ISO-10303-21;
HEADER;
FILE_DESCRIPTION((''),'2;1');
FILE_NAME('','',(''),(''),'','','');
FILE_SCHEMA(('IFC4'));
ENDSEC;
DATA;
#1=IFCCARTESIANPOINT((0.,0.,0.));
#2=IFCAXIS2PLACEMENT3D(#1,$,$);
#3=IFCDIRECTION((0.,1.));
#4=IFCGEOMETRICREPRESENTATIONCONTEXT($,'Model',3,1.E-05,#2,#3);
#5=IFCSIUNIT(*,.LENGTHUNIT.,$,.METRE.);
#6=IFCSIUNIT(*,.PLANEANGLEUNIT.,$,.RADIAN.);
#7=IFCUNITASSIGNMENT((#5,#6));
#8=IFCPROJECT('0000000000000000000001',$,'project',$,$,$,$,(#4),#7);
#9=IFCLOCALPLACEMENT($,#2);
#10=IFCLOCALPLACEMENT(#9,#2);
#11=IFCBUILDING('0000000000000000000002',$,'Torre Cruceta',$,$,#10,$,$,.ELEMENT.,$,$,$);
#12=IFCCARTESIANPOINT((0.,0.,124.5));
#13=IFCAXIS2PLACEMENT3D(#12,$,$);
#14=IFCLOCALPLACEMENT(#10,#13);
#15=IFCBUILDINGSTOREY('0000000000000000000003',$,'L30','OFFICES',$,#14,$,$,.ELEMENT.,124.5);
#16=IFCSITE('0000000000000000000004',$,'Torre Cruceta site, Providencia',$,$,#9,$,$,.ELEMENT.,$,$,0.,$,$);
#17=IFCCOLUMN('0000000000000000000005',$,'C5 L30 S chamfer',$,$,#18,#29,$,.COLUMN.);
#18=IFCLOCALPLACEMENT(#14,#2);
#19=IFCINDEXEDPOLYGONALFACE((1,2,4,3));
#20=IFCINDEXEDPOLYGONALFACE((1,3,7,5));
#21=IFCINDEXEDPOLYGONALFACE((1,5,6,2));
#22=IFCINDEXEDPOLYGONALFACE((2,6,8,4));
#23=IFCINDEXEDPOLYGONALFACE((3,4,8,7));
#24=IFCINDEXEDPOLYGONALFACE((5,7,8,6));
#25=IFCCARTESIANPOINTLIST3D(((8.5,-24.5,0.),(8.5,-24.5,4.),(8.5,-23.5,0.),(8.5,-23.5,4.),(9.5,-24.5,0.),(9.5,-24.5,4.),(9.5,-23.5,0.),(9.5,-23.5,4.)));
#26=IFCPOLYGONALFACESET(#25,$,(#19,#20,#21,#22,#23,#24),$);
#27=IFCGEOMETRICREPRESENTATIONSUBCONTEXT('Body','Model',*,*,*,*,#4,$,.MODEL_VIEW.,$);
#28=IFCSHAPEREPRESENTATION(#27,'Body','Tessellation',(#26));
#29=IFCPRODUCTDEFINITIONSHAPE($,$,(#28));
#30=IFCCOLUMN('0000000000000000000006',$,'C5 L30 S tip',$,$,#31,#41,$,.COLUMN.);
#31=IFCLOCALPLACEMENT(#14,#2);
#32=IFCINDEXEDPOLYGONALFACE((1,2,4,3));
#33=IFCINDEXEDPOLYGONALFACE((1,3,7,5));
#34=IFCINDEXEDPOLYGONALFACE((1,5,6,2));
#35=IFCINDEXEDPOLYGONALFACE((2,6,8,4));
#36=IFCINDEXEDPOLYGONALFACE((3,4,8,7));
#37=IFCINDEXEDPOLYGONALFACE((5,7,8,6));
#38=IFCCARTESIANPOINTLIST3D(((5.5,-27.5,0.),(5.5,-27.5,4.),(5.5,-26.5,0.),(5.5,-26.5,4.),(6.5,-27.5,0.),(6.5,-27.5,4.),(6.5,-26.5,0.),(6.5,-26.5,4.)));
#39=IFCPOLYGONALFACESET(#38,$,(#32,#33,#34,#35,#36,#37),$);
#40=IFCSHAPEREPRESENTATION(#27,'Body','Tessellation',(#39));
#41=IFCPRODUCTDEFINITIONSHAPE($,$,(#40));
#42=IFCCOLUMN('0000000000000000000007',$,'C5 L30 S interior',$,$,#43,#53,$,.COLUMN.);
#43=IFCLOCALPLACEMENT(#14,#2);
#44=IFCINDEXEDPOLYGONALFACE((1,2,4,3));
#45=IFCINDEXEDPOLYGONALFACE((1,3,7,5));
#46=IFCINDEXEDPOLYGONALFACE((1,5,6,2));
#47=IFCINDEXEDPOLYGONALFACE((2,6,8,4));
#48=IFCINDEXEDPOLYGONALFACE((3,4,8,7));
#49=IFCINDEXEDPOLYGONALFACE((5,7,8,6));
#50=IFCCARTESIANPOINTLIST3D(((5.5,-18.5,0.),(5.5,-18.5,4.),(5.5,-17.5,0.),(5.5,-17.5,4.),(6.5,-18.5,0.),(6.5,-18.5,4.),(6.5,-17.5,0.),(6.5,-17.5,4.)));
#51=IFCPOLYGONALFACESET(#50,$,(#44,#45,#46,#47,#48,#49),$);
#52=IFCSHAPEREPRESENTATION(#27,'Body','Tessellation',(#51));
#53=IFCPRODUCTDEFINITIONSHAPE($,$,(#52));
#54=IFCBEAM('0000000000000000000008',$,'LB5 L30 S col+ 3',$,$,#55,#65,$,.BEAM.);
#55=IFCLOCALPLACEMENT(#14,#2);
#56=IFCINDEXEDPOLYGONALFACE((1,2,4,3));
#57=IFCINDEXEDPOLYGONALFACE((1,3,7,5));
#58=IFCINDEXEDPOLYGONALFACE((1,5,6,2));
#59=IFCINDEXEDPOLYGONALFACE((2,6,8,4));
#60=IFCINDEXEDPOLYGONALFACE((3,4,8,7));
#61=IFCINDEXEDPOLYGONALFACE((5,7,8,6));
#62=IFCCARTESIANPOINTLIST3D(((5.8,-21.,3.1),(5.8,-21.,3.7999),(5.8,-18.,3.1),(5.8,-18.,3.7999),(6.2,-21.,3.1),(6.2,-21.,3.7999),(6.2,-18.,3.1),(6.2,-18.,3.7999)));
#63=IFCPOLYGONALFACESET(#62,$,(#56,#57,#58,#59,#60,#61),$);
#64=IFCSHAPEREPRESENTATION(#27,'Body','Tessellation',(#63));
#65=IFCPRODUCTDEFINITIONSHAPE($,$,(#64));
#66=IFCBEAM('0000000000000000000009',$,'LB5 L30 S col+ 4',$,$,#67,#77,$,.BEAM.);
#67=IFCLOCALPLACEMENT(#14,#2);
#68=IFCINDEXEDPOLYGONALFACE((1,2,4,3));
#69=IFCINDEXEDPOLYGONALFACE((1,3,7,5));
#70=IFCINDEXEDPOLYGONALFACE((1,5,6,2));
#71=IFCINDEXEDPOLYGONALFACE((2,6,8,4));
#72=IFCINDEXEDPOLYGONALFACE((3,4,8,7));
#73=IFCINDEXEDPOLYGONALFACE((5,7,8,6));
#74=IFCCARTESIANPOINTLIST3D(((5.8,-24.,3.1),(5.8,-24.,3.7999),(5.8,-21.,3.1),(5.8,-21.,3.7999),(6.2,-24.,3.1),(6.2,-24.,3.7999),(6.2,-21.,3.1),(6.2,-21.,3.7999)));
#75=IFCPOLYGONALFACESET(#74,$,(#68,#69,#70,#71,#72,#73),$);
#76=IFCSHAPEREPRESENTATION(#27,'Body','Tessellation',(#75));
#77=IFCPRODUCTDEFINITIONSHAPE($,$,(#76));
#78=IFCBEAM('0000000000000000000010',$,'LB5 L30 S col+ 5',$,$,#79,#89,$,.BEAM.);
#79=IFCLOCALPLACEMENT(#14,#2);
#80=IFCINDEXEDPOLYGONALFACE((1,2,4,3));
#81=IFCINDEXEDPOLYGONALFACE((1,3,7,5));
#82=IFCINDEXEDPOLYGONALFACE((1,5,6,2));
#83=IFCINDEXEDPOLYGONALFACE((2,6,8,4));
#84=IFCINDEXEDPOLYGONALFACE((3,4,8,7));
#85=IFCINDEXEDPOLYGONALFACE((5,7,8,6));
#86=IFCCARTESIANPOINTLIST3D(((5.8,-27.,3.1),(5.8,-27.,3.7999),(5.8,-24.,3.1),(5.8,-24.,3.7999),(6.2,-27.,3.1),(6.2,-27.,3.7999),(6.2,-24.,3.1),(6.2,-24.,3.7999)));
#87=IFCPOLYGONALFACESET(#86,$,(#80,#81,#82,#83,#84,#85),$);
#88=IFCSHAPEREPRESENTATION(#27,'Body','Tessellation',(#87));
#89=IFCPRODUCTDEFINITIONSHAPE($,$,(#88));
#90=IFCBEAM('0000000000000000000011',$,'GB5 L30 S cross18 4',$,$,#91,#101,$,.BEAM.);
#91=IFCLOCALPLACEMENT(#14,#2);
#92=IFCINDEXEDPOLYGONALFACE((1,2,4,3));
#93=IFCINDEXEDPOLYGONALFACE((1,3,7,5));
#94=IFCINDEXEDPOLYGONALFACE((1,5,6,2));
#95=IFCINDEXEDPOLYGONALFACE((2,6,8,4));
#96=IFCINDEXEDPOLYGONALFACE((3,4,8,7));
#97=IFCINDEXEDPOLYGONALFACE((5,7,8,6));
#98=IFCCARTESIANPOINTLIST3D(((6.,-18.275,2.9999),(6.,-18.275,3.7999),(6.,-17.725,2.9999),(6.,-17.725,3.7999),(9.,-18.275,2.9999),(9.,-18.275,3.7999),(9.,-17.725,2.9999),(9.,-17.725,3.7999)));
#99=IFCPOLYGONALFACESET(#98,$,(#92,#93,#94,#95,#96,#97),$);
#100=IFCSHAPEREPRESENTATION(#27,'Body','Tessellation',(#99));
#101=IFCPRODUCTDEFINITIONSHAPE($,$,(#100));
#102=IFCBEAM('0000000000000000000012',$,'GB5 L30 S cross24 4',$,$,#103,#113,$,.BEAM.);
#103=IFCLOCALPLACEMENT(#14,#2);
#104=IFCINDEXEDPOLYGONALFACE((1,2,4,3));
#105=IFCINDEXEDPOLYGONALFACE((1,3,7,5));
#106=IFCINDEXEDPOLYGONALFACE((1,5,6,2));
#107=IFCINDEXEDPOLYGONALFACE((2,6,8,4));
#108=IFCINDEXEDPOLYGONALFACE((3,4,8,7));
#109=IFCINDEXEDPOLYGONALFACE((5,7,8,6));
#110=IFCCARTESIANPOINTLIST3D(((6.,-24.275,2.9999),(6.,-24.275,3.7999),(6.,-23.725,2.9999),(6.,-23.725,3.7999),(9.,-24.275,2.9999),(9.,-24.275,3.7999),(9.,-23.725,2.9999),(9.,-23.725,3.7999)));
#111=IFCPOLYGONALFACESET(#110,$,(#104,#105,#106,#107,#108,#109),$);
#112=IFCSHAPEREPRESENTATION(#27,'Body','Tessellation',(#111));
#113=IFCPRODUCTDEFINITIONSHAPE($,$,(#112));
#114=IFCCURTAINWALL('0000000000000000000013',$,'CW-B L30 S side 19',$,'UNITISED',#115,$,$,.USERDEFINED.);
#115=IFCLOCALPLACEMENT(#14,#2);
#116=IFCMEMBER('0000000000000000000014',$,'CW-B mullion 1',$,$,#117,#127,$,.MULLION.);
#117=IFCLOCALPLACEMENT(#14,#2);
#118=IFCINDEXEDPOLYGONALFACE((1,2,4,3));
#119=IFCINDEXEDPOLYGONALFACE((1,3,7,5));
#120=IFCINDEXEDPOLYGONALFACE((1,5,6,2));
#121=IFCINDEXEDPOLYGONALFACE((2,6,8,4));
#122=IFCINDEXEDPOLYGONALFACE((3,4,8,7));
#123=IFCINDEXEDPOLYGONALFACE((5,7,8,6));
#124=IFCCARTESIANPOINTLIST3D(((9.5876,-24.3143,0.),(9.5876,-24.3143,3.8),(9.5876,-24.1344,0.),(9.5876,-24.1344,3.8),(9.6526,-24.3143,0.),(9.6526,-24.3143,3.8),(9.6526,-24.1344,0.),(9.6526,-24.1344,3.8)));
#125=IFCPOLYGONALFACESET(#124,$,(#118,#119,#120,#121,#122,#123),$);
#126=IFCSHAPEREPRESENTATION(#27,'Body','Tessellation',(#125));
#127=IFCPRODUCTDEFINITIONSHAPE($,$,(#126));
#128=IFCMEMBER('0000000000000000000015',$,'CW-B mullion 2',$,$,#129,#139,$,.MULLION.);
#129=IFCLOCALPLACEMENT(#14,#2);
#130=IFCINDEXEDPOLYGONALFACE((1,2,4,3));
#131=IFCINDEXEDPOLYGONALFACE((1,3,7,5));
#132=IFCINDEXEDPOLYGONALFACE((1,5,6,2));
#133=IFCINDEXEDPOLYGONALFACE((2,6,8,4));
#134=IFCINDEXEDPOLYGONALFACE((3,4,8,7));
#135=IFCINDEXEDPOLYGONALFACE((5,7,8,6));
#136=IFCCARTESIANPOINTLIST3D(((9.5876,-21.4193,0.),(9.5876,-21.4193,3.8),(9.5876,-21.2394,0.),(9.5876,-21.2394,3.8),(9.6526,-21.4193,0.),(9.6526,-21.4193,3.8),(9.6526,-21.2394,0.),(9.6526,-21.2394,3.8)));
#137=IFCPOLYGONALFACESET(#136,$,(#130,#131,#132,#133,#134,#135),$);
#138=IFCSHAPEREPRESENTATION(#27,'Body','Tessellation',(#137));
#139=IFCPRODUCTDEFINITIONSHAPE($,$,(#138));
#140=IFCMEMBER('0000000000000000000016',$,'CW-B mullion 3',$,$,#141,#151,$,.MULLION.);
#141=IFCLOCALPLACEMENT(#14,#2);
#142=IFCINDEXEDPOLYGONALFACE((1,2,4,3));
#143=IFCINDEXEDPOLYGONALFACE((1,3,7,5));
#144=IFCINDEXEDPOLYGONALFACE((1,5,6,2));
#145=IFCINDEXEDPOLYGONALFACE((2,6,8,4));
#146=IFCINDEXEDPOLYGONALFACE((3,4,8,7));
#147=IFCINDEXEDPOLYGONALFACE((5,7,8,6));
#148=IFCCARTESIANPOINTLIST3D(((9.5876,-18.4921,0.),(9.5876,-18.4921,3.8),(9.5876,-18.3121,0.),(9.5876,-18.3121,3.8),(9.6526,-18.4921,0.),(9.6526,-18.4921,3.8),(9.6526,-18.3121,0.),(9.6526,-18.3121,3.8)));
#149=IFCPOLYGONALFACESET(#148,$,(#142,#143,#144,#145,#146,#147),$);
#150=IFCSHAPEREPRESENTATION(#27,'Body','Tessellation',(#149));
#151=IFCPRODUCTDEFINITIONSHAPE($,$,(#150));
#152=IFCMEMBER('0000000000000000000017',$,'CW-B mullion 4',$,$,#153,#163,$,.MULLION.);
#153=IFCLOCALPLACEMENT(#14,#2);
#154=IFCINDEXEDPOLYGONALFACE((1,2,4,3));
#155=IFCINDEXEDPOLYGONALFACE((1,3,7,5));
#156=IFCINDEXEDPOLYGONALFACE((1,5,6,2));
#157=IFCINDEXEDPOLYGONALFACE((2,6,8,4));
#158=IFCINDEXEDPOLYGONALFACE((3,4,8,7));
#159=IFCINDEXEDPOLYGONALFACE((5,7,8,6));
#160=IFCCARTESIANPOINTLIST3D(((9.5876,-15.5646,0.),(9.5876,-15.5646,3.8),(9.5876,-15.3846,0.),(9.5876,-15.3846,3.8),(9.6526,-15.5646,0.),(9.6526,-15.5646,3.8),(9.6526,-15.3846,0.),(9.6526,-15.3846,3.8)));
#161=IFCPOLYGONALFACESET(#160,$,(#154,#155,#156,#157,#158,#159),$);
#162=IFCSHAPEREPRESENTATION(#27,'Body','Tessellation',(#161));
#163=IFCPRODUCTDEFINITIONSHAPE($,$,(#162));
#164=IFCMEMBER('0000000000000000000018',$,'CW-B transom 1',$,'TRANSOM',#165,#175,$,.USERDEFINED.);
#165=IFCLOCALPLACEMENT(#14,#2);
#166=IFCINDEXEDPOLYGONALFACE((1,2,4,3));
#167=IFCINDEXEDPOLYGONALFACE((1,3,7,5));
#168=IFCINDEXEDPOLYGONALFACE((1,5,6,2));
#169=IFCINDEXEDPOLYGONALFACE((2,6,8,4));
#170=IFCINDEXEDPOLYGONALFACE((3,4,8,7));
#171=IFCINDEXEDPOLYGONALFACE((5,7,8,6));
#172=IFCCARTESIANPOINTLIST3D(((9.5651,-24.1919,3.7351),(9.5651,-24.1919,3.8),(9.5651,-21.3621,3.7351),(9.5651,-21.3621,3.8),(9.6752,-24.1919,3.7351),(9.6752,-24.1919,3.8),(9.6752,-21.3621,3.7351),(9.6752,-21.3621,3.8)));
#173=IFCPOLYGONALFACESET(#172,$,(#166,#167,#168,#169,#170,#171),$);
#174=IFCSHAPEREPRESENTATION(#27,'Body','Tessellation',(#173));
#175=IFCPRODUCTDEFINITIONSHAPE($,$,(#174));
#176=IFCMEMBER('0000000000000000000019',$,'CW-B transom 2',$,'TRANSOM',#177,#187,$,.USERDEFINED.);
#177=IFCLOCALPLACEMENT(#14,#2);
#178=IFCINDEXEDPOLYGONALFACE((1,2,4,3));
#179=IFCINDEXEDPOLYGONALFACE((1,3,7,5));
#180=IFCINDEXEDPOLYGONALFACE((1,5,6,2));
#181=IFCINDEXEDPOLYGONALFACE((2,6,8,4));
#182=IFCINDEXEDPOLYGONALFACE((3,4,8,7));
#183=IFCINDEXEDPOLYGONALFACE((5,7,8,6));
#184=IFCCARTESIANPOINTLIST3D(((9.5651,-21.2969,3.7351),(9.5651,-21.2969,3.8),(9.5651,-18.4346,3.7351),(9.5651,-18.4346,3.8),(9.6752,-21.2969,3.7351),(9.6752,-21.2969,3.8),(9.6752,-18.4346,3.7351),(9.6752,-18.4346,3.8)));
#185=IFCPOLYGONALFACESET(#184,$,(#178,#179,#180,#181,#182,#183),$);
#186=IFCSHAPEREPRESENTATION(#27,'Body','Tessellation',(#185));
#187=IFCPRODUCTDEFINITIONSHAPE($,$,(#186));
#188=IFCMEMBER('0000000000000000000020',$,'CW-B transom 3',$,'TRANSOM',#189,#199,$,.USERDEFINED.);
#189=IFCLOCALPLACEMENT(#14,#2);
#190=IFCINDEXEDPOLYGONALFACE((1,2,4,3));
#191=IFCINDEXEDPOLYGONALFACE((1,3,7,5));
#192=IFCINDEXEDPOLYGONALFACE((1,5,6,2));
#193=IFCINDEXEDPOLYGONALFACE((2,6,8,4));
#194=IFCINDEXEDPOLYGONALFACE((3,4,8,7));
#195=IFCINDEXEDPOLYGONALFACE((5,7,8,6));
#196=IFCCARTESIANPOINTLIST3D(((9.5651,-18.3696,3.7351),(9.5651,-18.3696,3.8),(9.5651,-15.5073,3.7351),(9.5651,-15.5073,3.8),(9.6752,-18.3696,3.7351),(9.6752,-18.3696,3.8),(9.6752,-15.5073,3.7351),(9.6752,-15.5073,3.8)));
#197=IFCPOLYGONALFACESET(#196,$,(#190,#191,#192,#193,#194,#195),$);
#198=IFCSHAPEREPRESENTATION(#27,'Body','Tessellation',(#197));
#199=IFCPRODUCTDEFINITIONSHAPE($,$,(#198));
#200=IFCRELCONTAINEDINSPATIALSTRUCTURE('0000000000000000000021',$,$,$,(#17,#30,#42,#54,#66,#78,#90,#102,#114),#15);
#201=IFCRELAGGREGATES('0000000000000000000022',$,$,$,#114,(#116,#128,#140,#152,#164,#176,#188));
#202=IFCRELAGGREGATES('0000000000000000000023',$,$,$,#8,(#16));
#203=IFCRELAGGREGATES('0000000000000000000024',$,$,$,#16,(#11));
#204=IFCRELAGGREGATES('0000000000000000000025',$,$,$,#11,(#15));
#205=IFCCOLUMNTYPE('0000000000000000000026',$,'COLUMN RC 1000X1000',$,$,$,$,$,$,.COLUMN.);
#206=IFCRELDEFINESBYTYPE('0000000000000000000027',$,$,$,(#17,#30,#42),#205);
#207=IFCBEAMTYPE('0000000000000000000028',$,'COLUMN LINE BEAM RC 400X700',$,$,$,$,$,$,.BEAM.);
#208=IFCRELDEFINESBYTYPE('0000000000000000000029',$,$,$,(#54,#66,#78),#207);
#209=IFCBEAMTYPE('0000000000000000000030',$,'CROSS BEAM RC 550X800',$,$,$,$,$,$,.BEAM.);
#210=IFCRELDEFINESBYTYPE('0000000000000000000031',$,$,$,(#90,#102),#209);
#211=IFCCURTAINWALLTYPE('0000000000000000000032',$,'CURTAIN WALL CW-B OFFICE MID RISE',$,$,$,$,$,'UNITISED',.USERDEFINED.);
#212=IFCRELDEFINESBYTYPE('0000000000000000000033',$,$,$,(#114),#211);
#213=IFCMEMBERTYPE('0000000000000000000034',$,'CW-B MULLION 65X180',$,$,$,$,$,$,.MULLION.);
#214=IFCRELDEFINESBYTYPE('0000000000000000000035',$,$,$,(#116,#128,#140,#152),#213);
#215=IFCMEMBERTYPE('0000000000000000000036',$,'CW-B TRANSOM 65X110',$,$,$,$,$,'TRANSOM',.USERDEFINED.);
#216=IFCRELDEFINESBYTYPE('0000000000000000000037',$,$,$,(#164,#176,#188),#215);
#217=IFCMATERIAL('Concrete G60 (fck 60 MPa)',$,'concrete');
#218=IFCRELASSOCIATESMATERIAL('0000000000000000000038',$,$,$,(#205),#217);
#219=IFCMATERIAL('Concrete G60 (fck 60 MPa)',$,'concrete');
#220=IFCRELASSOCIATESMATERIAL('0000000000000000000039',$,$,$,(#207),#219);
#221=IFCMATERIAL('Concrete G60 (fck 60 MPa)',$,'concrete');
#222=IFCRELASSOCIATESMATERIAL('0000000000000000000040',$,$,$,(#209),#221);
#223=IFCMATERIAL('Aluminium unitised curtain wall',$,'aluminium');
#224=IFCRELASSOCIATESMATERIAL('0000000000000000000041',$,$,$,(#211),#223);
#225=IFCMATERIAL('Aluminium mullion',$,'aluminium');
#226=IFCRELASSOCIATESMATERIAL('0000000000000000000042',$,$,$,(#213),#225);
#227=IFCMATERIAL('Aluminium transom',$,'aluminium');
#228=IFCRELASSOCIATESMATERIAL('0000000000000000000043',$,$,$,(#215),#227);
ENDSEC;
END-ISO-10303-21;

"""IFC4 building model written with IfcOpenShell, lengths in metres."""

from ifc_helpers import new_model, si_unit, direction, frame, origin, origin_2d, place, context, subcontext, project, spatial, rectangle, extrude, material, material_profile, profile_set, type_object, element, aggregate, save


model = new_model("IFC4")

# Units and contexts
model_context = context("Model", 3, precision=1e-05, world=origin(), true_north=direction((0.0, 1.0)))
body_context = subcontext(model_context, "Body", "Model", "MODEL_VIEW")
ifc_project = project(units=[si_unit("LENGTHUNIT", "METRE"), si_unit("PLANEANGLEUNIT", "RADIAN")], contexts=[model_context])

# Site, building, storey
site_placement = place(None, origin())
site = spatial("IfcSite", under=ifc_project, at=site_placement, Name="Torre Cruceta site, Providencia", CompositionType="ELEMENT", RefElevation=0.0)
building_placement = place(site_placement, origin())
building = spatial("IfcBuilding", under=site, at=building_placement, Name="Torre Cruceta", CompositionType="ELEMENT")
storey_placement = place(building_placement, frame((0.0, 0.0, 124.5)))
storey = spatial("IfcBuildingStorey", under=building, at=storey_placement, Name="L30", Description="OFFICES", CompositionType="ELEMENT", Elevation=124.5)

# Columns
ifc_material_1 = material(Name="Concrete G60 (fck 60 MPa)", Category="concrete")
ifc_material_profile_1 = material_profile(ifc_material_1, rectangle(XDim=1.0, YDim=1.0, at=origin_2d()), Name="RC 1000X1000")
ifc_profile_set_1 = profile_set([ifc_material_profile_1], Name="Concrete G60 (fck 60 MPa)")
column_type = type_object("IfcColumnType", Name="COLUMN RC 1000X1000", PredefinedType="COLUMN", material=ifc_profile_set_1)
for number, where, z_axis, x_axis, name in (
    (1, (9.0, -24.0, 0.0), (0.0, 0.0, 1.0), (1.0, 0.0, 0.0), "C5 L30 S chamfer"),
    (2, (6.0, -27.0, 0.0), (0.0, 0.0, 1.0), (1.0, 0.0, 0.0), "C5 L30 S tip"),
    (3, (6.0, -18.0, 0.0), (0.0, 0.0, 1.0), (1.0, 0.0, 0.0), "C5 L30 S interior"),
):
    element("IfcColumn", number, at=place(storey_placement, frame(where, z_axis=z_axis, x_axis=x_axis)), inside=storey, type_object=column_type, Name=name, PredefinedType="COLUMN", context=body_context, shape_type="SweptSolid", body=[
        extrude(rectangle(XDim=1.0, YDim=1.0, at=origin_2d()), origin(), (0.0, 0.0, 1.0), 4.0),
    ])

# Beams
ifc_material_2 = material(Name="Concrete G60 (fck 60 MPa)", Category="concrete")
ifc_material_profile_2 = material_profile(ifc_material_2, rectangle(XDim=0.3999, YDim=0.7, at=origin_2d()), Name="RC 400X700")
ifc_profile_set_2 = profile_set([ifc_material_profile_2], Name="Concrete G60 (fck 60 MPa)")
beam_type_1 = type_object("IfcBeamType", Name="COLUMN LINE BEAM RC 400X700", PredefinedType="BEAM", material=ifc_profile_set_2)
for number, where, z_axis, x_axis, name in (
    (4, (6.0, -18.0, 3.45), (0.0, -1.0, 0.0), (1.0, 0.0, 0.0), "LB5 L30 S col+ 3"),
    (5, (6.0, -21.0, 3.45), (0.0, -1.0, 0.0), (1.0, 0.0, 0.0), "LB5 L30 S col+ 4"),
    (6, (6.0, -24.0, 3.45), (0.0, -1.0, 0.0), (1.0, 0.0, 0.0), "LB5 L30 S col+ 5"),
):
    element("IfcBeam", number, at=place(storey_placement, frame(where, z_axis=z_axis, x_axis=x_axis)), inside=storey, type_object=beam_type_1, Name=name, PredefinedType="BEAM", context=body_context, shape_type="SweptSolid", body=[
        extrude(rectangle(XDim=0.3999, YDim=0.7, at=origin_2d()), origin(), (0.0, 0.0, 1.0), 3.0),
    ])
ifc_material_3 = material(Name="Concrete G60 (fck 60 MPa)", Category="concrete")
ifc_material_profile_3 = material_profile(ifc_material_3, rectangle(XDim=0.55, YDim=0.8, at=origin_2d()), Name="RC 550X800")
ifc_profile_set_3 = profile_set([ifc_material_profile_3], Name="Concrete G60 (fck 60 MPa)")
beam_type_2 = type_object("IfcBeamType", Name="CROSS BEAM RC 550X800", PredefinedType="BEAM", material=ifc_profile_set_3)
for number, where, z_axis, x_axis, name in (
    (7, (6.0, -18.0, 3.3999), (1.0, 0.0, 0.0), (0.0, 1.0, 0.0), "GB5 L30 S cross18 4"),
    (8, (6.0, -24.0, 3.3999), (1.0, 0.0, 0.0), (0.0, 1.0, 0.0), "GB5 L30 S cross24 4"),
):
    element("IfcBeam", number, at=place(storey_placement, frame(where, z_axis=z_axis, x_axis=x_axis)), inside=storey, type_object=beam_type_2, Name=name, PredefinedType="BEAM", context=body_context, shape_type="SweptSolid", body=[
        extrude(rectangle(XDim=0.55, YDim=0.8, at=origin_2d()), origin(), (0.0, 0.0, 1.0), 3.0),
    ])

# Curtain wall, members
ifc_material_4 = material(Name="Aluminium unitised curtain wall", Category="aluminium")
curtain_wall_type = type_object("IfcCurtainWallType", Name="CURTAIN WALL CW-B OFFICE MID RISE", ElementType="UNITISED", PredefinedType="USERDEFINED", material=ifc_material_4)
curtain_wall_placement = place(storey_placement, origin())
curtain_wall = element("IfcCurtainWall", 9, at=curtain_wall_placement, inside=storey, type_object=curtain_wall_type, Name="CW-B L30 S side 19", ObjectType="UNITISED", PredefinedType="USERDEFINED")
ifc_material_5 = material(Name="Aluminium mullion", Category="aluminium")
ifc_material_profile_4 = material_profile(ifc_material_5, rectangle(XDim=0.0649, YDim=0.1799, at=origin_2d()), Name="AL 65X180")
ifc_profile_set_4 = profile_set([ifc_material_profile_4], Name="Aluminium mullion")
member_type_1 = type_object("IfcMemberType", Name="CW-B MULLION 65X180", PredefinedType="MULLION", material=ifc_profile_set_4)
member_1_placement = place(storey_placement, frame((9.6201, -24.2244, 0.0), z_axis=(0.0, 0.0, 1.0), x_axis=(-1.0, 0.0, 0.0)))
member_1 = element("IfcMember", 10, at=member_1_placement, type_object=member_type_1, Name="CW-B mullion 1", PredefinedType="MULLION", context=body_context, shape_type="SweptSolid", body=[
    extrude(rectangle(XDim=0.0649, YDim=0.1799, at=origin_2d()), origin(), (0.0, 0.0, 1.0), 3.8),
])
member_2_placement = place(storey_placement, frame((9.6201, -21.3293, 0.0), z_axis=(0.0, 0.0, 1.0), x_axis=(-1.0, 0.0, 0.0)))
member_2 = element("IfcMember", 11, at=member_2_placement, type_object=member_type_1, Name="CW-B mullion 2", PredefinedType="MULLION", context=body_context, shape_type="SweptSolid", body=[
    extrude(rectangle(XDim=0.0649, YDim=0.1799, at=origin_2d()), origin(), (0.0, 0.0, 1.0), 3.8),
])
member_3_placement = place(storey_placement, frame((9.6201, -18.4021, 0.0), z_axis=(0.0, 0.0, 1.0), x_axis=(-1.0, 0.0, 0.0)))
member_3 = element("IfcMember", 12, at=member_3_placement, type_object=member_type_1, Name="CW-B mullion 3", PredefinedType="MULLION", context=body_context, shape_type="SweptSolid", body=[
    extrude(rectangle(XDim=0.0649, YDim=0.1799, at=origin_2d()), origin(), (0.0, 0.0, 1.0), 3.8),
])
member_4_placement = place(storey_placement, frame((9.6201, -15.4746, 0.0), z_axis=(0.0, 0.0, 1.0), x_axis=(-1.0, 0.0, 0.0)))
member_4 = element("IfcMember", 13, at=member_4_placement, type_object=member_type_1, Name="CW-B mullion 4", PredefinedType="MULLION", context=body_context, shape_type="SweptSolid", body=[
    extrude(rectangle(XDim=0.0649, YDim=0.1799, at=origin_2d()), origin(), (0.0, 0.0, 1.0), 3.8),
])
ifc_material_6 = material(Name="Aluminium transom", Category="aluminium")
ifc_material_profile_5 = material_profile(ifc_material_6, rectangle(XDim=0.1101, YDim=0.0649, at=origin_2d()), Name="AL 110X65")
ifc_profile_set_5 = profile_set([ifc_material_profile_5], Name="Aluminium transom")
member_type_2 = type_object("IfcMemberType", Name="CW-B TRANSOM 65X110", ElementType="TRANSOM", PredefinedType="USERDEFINED", material=ifc_profile_set_5)
member_5_placement = place(storey_placement, frame((9.6201, -24.1919, 3.7676), z_axis=(0.0, 1.0, 0.0), x_axis=(-1.0, 0.0, 0.0)))
member_5 = element("IfcMember", 14, at=member_5_placement, type_object=member_type_2, Name="CW-B transom 1", ObjectType="TRANSOM", PredefinedType="USERDEFINED", context=body_context, shape_type="SweptSolid", body=[
    extrude(rectangle(XDim=0.1101, YDim=0.0649, at=origin_2d()), origin(), (0.0, 0.0, 1.0), 2.8298),
])
member_6_placement = place(storey_placement, frame((9.6201, -21.2969, 3.7676), z_axis=(0.0, 1.0, 0.0), x_axis=(-1.0, 0.0, 0.0)))
member_6 = element("IfcMember", 15, at=member_6_placement, type_object=member_type_2, Name="CW-B transom 2", ObjectType="TRANSOM", PredefinedType="USERDEFINED", context=body_context, shape_type="SweptSolid", body=[
    extrude(rectangle(XDim=0.1101, YDim=0.0649, at=origin_2d()), origin(), (0.0, 0.0, 1.0), 2.8623),
])
member_7_placement = place(storey_placement, frame((9.6201, -18.3696, 3.7676), z_axis=(0.0, 1.0, 0.0), x_axis=(-1.0, 0.0, 0.0)))
member_7 = element("IfcMember", 16, at=member_7_placement, type_object=member_type_2, Name="CW-B transom 3", ObjectType="TRANSOM", PredefinedType="USERDEFINED", context=body_context, shape_type="SweptSolid", body=[
    extrude(rectangle(XDim=0.1101, YDim=0.0649, at=origin_2d()), origin(), (0.0, 0.0, 1.0), 2.8623),
])

aggregate(curtain_wall, [member_1, member_2, member_3, member_4, member_5, member_6, member_7])

save(model, "model.ifc")
